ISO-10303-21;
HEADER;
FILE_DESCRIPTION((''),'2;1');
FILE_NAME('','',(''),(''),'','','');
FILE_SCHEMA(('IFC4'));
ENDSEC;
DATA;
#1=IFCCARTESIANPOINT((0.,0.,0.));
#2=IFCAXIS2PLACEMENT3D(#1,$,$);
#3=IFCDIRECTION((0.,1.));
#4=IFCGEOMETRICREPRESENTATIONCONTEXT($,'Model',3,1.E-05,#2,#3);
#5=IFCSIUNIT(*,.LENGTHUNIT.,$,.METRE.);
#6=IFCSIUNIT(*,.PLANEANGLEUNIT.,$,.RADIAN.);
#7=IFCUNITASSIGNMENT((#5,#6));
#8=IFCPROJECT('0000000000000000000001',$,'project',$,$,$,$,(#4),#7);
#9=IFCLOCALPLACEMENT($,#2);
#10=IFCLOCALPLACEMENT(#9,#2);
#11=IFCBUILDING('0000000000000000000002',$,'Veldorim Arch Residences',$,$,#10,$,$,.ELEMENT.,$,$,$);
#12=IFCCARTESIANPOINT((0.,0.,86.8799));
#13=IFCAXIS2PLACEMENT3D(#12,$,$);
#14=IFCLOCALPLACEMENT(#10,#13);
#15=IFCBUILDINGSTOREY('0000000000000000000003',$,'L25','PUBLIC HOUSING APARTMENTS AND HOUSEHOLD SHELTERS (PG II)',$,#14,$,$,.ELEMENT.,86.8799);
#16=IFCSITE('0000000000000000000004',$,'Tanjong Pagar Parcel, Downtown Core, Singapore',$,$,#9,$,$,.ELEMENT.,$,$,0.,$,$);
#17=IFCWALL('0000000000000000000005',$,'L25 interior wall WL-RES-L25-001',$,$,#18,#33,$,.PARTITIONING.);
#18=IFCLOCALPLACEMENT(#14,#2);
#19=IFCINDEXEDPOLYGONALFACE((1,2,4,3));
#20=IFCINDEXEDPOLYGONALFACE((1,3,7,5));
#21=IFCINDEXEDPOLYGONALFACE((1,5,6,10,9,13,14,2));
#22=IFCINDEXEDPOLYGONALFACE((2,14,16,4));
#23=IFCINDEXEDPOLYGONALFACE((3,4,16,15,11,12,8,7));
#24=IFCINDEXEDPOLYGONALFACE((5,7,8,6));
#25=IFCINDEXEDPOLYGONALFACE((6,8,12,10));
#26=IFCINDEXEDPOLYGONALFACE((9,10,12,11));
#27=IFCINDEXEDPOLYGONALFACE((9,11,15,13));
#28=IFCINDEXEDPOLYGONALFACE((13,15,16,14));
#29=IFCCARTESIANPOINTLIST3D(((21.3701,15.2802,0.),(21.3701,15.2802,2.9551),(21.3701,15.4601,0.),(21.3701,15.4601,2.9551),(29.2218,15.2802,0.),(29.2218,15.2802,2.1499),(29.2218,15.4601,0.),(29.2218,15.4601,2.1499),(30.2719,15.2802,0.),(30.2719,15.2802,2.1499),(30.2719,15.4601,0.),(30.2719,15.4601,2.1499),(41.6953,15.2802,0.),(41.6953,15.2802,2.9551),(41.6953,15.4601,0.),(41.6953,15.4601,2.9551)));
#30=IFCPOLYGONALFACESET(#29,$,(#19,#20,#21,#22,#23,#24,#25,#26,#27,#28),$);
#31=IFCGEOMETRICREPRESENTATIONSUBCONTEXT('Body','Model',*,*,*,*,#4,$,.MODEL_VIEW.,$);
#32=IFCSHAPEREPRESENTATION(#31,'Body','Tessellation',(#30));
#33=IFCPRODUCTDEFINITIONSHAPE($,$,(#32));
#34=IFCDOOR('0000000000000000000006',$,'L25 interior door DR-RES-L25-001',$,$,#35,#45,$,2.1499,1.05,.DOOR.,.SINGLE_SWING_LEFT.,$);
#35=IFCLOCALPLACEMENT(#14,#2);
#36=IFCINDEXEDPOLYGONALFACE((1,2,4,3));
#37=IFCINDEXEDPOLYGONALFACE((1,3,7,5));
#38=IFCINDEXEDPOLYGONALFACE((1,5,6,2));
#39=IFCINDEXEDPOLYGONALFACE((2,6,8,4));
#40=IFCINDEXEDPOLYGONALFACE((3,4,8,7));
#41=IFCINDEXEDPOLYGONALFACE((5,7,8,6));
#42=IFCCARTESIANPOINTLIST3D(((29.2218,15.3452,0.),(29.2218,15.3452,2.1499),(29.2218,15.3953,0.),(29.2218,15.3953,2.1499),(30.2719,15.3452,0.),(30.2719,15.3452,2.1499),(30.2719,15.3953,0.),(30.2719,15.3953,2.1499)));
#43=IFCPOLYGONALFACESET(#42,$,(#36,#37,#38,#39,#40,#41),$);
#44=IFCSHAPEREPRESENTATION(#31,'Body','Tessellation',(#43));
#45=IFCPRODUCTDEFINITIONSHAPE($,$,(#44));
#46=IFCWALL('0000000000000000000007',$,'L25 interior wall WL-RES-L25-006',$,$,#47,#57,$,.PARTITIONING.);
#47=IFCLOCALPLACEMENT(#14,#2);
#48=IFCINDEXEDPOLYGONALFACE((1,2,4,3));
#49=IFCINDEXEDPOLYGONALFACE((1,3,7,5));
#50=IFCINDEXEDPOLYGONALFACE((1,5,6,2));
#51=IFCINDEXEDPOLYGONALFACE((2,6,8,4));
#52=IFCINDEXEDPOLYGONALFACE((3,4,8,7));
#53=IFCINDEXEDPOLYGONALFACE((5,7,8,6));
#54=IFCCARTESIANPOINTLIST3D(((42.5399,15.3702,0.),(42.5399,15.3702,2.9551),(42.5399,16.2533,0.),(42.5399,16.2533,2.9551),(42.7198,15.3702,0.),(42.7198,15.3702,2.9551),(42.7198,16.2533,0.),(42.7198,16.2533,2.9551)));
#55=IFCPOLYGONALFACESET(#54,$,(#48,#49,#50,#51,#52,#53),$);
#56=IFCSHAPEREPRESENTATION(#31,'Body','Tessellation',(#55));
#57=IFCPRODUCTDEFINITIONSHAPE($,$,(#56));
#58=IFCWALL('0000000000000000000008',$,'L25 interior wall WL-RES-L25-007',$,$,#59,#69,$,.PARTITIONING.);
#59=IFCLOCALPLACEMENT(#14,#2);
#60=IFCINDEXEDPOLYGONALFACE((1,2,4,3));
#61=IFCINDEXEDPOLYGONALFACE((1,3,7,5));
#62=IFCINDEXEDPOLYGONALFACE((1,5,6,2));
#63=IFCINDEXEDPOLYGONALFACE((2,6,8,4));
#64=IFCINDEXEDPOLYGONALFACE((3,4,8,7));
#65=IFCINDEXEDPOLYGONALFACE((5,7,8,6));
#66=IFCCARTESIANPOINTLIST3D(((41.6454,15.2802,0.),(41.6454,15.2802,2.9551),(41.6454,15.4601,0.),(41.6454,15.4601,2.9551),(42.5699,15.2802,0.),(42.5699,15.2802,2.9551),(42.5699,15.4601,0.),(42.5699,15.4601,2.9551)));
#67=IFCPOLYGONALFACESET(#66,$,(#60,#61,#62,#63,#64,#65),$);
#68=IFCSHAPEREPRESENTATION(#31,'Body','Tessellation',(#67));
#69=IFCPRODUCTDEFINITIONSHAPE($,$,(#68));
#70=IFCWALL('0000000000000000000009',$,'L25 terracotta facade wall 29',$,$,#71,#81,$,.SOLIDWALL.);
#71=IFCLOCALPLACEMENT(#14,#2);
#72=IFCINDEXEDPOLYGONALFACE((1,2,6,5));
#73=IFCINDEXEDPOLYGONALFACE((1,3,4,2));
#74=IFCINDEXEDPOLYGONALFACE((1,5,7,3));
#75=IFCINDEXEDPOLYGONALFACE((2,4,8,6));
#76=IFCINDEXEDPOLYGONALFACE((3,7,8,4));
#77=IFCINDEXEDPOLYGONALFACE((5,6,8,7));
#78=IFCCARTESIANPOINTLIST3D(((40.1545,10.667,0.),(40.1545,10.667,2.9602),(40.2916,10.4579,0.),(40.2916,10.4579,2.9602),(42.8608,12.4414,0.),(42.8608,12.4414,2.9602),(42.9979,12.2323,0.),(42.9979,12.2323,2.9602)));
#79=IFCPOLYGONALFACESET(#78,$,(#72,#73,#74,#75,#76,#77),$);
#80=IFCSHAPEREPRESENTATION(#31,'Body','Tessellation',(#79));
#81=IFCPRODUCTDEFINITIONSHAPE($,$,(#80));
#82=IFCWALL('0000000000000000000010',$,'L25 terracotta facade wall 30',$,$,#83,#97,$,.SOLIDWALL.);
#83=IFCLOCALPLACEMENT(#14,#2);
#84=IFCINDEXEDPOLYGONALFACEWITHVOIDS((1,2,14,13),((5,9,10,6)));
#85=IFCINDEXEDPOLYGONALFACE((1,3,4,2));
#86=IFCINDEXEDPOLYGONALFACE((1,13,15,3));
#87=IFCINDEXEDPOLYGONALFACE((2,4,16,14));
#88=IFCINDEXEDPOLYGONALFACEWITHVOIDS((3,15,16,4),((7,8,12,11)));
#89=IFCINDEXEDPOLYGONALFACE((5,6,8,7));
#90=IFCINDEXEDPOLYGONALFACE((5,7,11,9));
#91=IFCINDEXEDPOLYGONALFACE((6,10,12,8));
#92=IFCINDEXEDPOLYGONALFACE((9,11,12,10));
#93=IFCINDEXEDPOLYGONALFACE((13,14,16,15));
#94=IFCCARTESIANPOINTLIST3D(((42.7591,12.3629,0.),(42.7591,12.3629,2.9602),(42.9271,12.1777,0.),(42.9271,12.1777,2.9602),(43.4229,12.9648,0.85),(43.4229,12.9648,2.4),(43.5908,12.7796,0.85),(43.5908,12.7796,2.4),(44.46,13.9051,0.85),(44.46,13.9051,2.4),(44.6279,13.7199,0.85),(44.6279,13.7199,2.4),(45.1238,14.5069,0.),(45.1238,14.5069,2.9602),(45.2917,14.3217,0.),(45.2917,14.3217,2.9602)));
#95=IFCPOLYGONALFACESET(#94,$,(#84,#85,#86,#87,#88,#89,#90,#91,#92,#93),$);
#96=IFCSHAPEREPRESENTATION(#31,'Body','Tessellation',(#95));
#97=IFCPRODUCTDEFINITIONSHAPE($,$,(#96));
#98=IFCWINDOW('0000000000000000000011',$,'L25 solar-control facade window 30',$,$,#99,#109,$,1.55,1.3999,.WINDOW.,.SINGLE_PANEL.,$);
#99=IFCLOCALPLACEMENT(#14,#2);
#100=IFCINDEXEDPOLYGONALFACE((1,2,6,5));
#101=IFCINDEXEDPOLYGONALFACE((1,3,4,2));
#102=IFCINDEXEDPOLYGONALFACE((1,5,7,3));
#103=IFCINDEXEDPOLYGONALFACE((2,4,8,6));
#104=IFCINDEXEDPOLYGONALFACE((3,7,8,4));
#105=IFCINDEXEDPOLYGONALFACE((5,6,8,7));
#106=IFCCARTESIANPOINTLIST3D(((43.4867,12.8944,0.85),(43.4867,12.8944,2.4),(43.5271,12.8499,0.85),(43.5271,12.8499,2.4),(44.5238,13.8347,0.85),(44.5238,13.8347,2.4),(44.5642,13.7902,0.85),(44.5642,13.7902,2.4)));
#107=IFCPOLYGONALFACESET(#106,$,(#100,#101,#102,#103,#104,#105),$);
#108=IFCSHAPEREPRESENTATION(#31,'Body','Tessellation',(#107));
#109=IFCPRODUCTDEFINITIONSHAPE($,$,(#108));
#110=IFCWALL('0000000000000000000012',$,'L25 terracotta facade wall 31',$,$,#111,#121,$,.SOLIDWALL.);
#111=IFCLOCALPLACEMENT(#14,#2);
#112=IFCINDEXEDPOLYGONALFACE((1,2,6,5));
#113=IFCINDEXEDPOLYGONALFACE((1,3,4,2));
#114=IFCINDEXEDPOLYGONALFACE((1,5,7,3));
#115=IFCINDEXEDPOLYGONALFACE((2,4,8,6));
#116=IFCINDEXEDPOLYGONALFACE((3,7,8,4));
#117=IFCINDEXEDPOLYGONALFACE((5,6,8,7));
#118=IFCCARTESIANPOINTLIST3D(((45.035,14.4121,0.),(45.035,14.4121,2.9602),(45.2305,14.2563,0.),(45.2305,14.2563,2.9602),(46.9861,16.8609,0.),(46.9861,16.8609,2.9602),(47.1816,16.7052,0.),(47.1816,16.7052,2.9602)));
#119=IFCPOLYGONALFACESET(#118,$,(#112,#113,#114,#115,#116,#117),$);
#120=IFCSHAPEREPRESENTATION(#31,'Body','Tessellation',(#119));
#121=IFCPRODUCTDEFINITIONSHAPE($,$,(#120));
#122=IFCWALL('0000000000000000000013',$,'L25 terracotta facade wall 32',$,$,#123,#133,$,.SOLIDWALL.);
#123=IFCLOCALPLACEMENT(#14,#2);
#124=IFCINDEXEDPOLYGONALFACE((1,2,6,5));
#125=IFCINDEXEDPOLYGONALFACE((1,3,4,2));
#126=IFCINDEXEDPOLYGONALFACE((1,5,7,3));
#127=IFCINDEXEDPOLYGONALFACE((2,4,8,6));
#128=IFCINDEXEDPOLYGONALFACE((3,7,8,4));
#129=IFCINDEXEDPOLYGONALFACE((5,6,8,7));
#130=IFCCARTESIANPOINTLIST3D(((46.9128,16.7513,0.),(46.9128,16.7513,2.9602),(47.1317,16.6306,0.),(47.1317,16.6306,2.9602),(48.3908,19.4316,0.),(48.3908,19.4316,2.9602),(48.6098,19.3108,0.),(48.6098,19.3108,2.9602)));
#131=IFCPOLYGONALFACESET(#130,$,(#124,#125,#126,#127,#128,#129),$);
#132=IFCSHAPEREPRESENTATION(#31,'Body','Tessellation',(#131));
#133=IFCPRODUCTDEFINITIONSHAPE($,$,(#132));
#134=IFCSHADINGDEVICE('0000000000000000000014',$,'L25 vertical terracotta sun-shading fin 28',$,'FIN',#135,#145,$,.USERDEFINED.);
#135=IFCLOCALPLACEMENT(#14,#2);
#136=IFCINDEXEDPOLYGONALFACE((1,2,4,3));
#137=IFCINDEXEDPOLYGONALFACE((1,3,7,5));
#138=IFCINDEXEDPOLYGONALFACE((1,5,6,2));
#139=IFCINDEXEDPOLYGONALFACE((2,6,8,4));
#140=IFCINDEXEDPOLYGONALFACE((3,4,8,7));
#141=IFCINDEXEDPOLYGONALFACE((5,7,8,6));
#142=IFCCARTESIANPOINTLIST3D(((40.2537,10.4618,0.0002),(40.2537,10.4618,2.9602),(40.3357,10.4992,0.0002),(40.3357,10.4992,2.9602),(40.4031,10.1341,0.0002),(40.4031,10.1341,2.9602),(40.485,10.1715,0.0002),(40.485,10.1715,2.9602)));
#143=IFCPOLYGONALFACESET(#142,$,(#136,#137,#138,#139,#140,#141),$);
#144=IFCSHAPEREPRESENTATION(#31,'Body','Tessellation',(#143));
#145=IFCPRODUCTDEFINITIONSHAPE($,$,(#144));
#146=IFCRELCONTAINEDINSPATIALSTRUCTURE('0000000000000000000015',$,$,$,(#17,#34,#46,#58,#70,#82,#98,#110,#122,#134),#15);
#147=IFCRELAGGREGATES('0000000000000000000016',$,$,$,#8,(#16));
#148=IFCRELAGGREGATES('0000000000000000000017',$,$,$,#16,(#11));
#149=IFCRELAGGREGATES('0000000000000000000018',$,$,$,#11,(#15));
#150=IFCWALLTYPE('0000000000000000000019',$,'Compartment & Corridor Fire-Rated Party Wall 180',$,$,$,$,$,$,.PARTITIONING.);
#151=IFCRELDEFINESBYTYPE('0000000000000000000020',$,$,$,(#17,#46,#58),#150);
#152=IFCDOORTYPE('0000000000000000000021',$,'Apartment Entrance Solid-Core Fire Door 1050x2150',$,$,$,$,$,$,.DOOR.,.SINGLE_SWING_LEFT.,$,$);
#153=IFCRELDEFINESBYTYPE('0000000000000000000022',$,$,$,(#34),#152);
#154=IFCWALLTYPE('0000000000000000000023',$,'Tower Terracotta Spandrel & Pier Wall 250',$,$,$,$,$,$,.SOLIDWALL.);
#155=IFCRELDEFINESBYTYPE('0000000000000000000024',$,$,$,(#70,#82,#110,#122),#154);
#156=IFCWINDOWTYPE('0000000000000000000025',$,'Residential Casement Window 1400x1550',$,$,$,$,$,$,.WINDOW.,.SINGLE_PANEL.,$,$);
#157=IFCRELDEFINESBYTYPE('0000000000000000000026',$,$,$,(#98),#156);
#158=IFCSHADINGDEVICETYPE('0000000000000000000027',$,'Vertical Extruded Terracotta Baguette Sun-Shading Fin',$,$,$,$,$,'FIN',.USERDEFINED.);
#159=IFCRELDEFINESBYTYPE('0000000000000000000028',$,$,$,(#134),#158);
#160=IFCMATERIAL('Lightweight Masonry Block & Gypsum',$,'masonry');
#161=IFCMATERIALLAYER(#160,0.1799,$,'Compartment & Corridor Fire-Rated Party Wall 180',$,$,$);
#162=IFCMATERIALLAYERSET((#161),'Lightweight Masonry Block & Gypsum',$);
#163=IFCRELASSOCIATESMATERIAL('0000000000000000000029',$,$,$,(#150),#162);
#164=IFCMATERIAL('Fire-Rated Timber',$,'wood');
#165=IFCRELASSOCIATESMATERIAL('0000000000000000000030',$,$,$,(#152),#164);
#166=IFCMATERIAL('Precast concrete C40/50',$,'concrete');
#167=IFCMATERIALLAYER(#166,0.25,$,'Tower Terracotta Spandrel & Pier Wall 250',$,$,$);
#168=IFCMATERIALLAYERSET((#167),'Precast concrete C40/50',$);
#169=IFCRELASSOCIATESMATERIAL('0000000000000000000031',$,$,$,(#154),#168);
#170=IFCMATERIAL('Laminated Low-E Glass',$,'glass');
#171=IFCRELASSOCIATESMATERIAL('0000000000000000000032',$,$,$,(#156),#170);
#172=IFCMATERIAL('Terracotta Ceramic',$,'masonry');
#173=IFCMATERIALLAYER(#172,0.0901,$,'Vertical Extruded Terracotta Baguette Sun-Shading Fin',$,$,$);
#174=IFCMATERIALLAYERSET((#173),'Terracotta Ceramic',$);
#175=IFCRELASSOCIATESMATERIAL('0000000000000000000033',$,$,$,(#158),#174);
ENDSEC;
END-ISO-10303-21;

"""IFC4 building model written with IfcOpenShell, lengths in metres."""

from ifc_helpers import new_model, si_unit, direction, frame, frame_2d, origin, origin_2d, place, context, subcontext, project, spatial, rectangle, extrude, material, layer, layer_set, type_object, element, fill, save


model = new_model("IFC4")

# Units and contexts
model_context = context("Model", 3, precision=1e-05, world=origin(), true_north=direction((0.0, 1.0)))
body_context = subcontext(model_context, "Body", "Model", "MODEL_VIEW")
ifc_project = project(units=[si_unit("LENGTHUNIT", "METRE"), si_unit("PLANEANGLEUNIT", "RADIAN")], contexts=[model_context])

# Site, building, storey
site_placement = place(None, origin())
site = spatial("IfcSite", under=ifc_project, at=site_placement, Name="Tanjong Pagar Parcel, Downtown Core, Singapore", CompositionType="ELEMENT", RefElevation=0.0)
building_placement = place(site_placement, origin())
building = spatial("IfcBuilding", under=site, at=building_placement, Name="Veldorim Arch Residences", CompositionType="ELEMENT")
storey_placement = place(building_placement, frame((0.0, 0.0, 86.8799)))
storey = spatial("IfcBuildingStorey", under=building, at=storey_placement, Name="L25", Description="PUBLIC HOUSING APARTMENTS AND HOUSEHOLD SHELTERS (PG II)", CompositionType="ELEMENT", Elevation=86.8799)

# Shared definitions
ifc_material_1 = material(Name="Lightweight Masonry Block & Gypsum", Category="masonry")
ifc_layer_1 = layer(ifc_material_1, 0.1799, Name="Compartment & Corridor Fire-Rated Party Wall 180")
ifc_layer_set_1 = layer_set([ifc_layer_1], Name="Lightweight Masonry Block & Gypsum")
wall_type_1 = type_object("IfcWallType", Name="Compartment & Corridor Fire-Rated Party Wall 180", PredefinedType="PARTITIONING", material=ifc_layer_set_1)

# Wall, opening, door
wall_1_placement = place(storey_placement, frame((41.6953, 15.3701, 0.0), z_axis=(0.0, 0.0, 1.0), x_axis=(-1.0, 0.0, 0.0)))
wall_1 = element("IfcWall", 1, at=wall_1_placement, inside=storey, type_object=wall_type_1, Name="L25 interior wall WL-RES-L25-001", PredefinedType="PARTITIONING", context=body_context, shape_type="SweptSolid", body=[
    extrude(rectangle(XDim=20.3252, YDim=0.1799, at=frame_2d((10.1626, 0.0))), origin(), (0.0, 0.0, 1.0), 2.9551),
])
opening_1_placement = place(wall_1_placement, frame((11.4236, 0.0, 0.0)))
opening_1 = element("IfcOpeningElement", 2, at=opening_1_placement, cuts=wall_1, PredefinedType="OPENING", context=body_context, shape_type="SweptSolid", body=[
    extrude(rectangle(XDim=1.05, YDim=2.1499, at=frame_2d((0.5249, 1.075))), frame((0.0, 0.0999, 0.0), z_axis=(0.0, -1.0, 0.0), x_axis=(1.0, 0.0, 0.0)), (0.0, 0.0, 1.0), 0.2),
])
ifc_material_2 = material(Name="Fire-Rated Timber", Category="wood")
door_type_1 = type_object("IfcDoorType", Name="Apartment Entrance Solid-Core Fire Door 1050x2150", OperationType="SINGLE_SWING_LEFT", PredefinedType="DOOR", material=ifc_material_2)
door_1_placement = place(opening_1_placement, origin())
door_1 = element("IfcDoor", 3, at=door_1_placement, inside=storey, type_object=door_type_1, Name="L25 interior door DR-RES-L25-001", OperationType="SINGLE_SWING_LEFT", OverallHeight=2.1499, OverallWidth=1.05, PredefinedType="DOOR", context=body_context, shape_type="SweptSolid", body=[
    extrude(rectangle(XDim=1.05, YDim=2.1499, at=frame_2d((0.5249, 1.075))), frame((0.0, 0.0249, 0.0), z_axis=(0.0, -1.0, 0.0), x_axis=(1.0, 0.0, 0.0)), (0.0, 0.0, 1.0), 0.05),
])
fill(opening_1, door_1)

# Walls
wall_2_placement = place(storey_placement, frame((42.6299, 16.2532, 0.0), z_axis=(0.0, 0.0, 1.0), x_axis=(0.0, -1.0, 0.0)))
element("IfcWall", 4, at=wall_2_placement, inside=storey, type_object=wall_type_1, Name="L25 interior wall WL-RES-L25-006", PredefinedType="PARTITIONING", context=body_context, shape_type="SweptSolid", body=[
    extrude(rectangle(XDim=0.8831, YDim=0.1799, at=frame_2d((0.4414, 0.0))), origin(), (0.0, 0.0, 1.0), 2.9551),
])
wall_3_placement = place(storey_placement, frame((42.5701, 15.3701, 0.0), z_axis=(0.0, 0.0, 1.0), x_axis=(-1.0, 0.0, 0.0)))
element("IfcWall", 5, at=wall_3_placement, inside=storey, type_object=wall_type_1, Name="L25 interior wall WL-RES-L25-007", PredefinedType="PARTITIONING", context=body_context, shape_type="SweptSolid", body=[
    extrude(rectangle(XDim=0.9246, YDim=0.1799, at=frame_2d((0.4624, 0.0))), origin(), (0.0, 0.0, 1.0), 2.9551),
])

# Wall
ifc_material_3 = material(Name="Precast concrete C40/50", Category="concrete")
ifc_layer_2 = layer(ifc_material_3, 0.25, Name="Tower Terracotta Spandrel & Pier Wall 250")
ifc_layer_set_2 = layer_set([ifc_layer_2], Name="Precast concrete C40/50")
wall_type_2 = type_object("IfcWallType", Name="Tower Terracotta Spandrel & Pier Wall 250", PredefinedType="SOLIDWALL", material=ifc_layer_set_2)
wall_4_placement = place(storey_placement, frame((42.9294, 12.3369, 0.0), z_axis=(0.0, 0.0, 1.0), x_axis=(-0.836274, -0.548312, 0.0)))
element("IfcWall", 6, at=wall_4_placement, inside=storey, type_object=wall_type_2, Name="L25 terracotta facade wall 29", PredefinedType="SOLIDWALL", context=body_context, shape_type="SweptSolid", body=[
    extrude(rectangle(XDim=3.2361, YDim=0.25, at=frame_2d((1.6182, 0.0))), origin(), (0.0, 0.0, 1.0), 2.9602),
])

# Wall, opening, window
wall_5_placement = place(storey_placement, frame((45.2078, 14.4143, 0.0), z_axis=(0.0, 0.0, 1.0), x_axis=(-0.740832, -0.67169, 0.0)))
wall_5 = element("IfcWall", 7, at=wall_5_placement, inside=storey, type_object=wall_type_2, Name="L25 terracotta facade wall 30", PredefinedType="SOLIDWALL", context=body_context, shape_type="SweptSolid", body=[
    extrude(rectangle(XDim=3.1919, YDim=0.25, at=frame_2d((1.5959, 0.0))), origin(), (0.0, 0.0, 1.0), 2.9602),
])
opening_2_placement = place(wall_5_placement, frame((0.896, 0.0, 0.8501)))
opening_2 = element("IfcOpeningElement", 8, at=opening_2_placement, cuts=wall_5, PredefinedType="OPENING", context=body_context, shape_type="SweptSolid", body=[
    extrude(rectangle(XDim=1.3999, YDim=1.55, at=frame_2d((0.7, 0.7749))), frame((0.0, 0.135, 0.0), z_axis=(0.0, -1.0, 0.0), x_axis=(1.0, 0.0, 0.0)), (0.0, 0.0, 1.0), 0.27),
])
ifc_material_4 = material(Name="Laminated Low-E Glass", Category="glass")
window_type = type_object("IfcWindowType", Name="Residential Casement Window 1400x1550", PartitioningType="SINGLE_PANEL", PredefinedType="WINDOW", material=ifc_material_4)
window_placement = place(opening_2_placement, origin())
window = element("IfcWindow", 9, at=window_placement, inside=storey, type_object=window_type, Name="L25 solar-control facade window 30", OverallHeight=1.55, OverallWidth=1.3999, PartitioningType="SINGLE_PANEL", PredefinedType="WINDOW", context=body_context, shape_type="SweptSolid", body=[
    extrude(rectangle(XDim=1.3999, YDim=1.55, at=frame_2d((0.7, 0.7749))), frame((0.0, 0.03, 0.0), z_axis=(0.0, -1.0, 0.0), x_axis=(1.0, 0.0, 0.0)), (0.0, 0.0, 1.0), 0.0601),
])
fill(opening_2, window)

# Walls
wall_6_placement = place(storey_placement, frame((47.0837, 16.783, 0.0), z_axis=(0.0, 0.0, 1.0), x_axis=(-0.623134, -0.782115, 0.0)))
element("IfcWall", 10, at=wall_6_placement, inside=storey, type_object=wall_type_2, Name="L25 terracotta facade wall 31", PredefinedType="SOLIDWALL", context=body_context, shape_type="SweptSolid", body=[
    extrude(rectangle(XDim=3.1311, YDim=0.25, at=frame_2d((1.5654, 0.0))), origin(), (0.0, 0.0, 1.0), 2.9602),
])
wall_7_placement = place(storey_placement, frame((48.5002, 19.3711, 0.0), z_axis=(0.0, 0.0, 1.0), x_axis=(-0.482904, -0.875673, 0.0)))
element("IfcWall", 11, at=wall_7_placement, inside=storey, type_object=wall_type_2, Name="L25 terracotta facade wall 32", PredefinedType="SOLIDWALL", context=body_context, shape_type="SweptSolid", body=[
    extrude(rectangle(XDim=3.0608, YDim=0.25, at=frame_2d((1.5303, 0.0))), origin(), (0.0, 0.0, 1.0), 2.9602),
])

# Shading device
ifc_material_5 = material(Name="Terracotta Ceramic", Category="masonry")
ifc_layer_3 = layer(ifc_material_5, 0.0901, Name="Vertical Extruded Terracotta Baguette Sun-Shading Fin")
ifc_layer_set_3 = layer_set([ifc_layer_3], Name="Terracotta Ceramic")
shading_device_type = type_object("IfcShadingDeviceType", Name="Vertical Extruded Terracotta Baguette Sun-Shading Fin", ElementType="FIN", PredefinedType="USERDEFINED", material=ifc_layer_set_3)
shading_device_placement = place(storey_placement, frame((40.3694, 10.3167, 0.0002), z_axis=(0.0, 0.0, 1.0), x_axis=(-0.909961, -0.414693, 0.0)))
element("IfcShadingDevice", 12, at=shading_device_placement, inside=storey, type_object=shading_device_type, Name="L25 vertical terracotta sun-shading fin 28", ObjectType="FIN", PredefinedType="USERDEFINED", context=body_context, shape_type="SweptSolid", body=[
    extrude(rectangle(XDim=0.0901, YDim=0.3601, at=origin_2d()), origin(), (0.0, 0.0, 1.0), 2.96),
])

save(model, "model.ifc")
